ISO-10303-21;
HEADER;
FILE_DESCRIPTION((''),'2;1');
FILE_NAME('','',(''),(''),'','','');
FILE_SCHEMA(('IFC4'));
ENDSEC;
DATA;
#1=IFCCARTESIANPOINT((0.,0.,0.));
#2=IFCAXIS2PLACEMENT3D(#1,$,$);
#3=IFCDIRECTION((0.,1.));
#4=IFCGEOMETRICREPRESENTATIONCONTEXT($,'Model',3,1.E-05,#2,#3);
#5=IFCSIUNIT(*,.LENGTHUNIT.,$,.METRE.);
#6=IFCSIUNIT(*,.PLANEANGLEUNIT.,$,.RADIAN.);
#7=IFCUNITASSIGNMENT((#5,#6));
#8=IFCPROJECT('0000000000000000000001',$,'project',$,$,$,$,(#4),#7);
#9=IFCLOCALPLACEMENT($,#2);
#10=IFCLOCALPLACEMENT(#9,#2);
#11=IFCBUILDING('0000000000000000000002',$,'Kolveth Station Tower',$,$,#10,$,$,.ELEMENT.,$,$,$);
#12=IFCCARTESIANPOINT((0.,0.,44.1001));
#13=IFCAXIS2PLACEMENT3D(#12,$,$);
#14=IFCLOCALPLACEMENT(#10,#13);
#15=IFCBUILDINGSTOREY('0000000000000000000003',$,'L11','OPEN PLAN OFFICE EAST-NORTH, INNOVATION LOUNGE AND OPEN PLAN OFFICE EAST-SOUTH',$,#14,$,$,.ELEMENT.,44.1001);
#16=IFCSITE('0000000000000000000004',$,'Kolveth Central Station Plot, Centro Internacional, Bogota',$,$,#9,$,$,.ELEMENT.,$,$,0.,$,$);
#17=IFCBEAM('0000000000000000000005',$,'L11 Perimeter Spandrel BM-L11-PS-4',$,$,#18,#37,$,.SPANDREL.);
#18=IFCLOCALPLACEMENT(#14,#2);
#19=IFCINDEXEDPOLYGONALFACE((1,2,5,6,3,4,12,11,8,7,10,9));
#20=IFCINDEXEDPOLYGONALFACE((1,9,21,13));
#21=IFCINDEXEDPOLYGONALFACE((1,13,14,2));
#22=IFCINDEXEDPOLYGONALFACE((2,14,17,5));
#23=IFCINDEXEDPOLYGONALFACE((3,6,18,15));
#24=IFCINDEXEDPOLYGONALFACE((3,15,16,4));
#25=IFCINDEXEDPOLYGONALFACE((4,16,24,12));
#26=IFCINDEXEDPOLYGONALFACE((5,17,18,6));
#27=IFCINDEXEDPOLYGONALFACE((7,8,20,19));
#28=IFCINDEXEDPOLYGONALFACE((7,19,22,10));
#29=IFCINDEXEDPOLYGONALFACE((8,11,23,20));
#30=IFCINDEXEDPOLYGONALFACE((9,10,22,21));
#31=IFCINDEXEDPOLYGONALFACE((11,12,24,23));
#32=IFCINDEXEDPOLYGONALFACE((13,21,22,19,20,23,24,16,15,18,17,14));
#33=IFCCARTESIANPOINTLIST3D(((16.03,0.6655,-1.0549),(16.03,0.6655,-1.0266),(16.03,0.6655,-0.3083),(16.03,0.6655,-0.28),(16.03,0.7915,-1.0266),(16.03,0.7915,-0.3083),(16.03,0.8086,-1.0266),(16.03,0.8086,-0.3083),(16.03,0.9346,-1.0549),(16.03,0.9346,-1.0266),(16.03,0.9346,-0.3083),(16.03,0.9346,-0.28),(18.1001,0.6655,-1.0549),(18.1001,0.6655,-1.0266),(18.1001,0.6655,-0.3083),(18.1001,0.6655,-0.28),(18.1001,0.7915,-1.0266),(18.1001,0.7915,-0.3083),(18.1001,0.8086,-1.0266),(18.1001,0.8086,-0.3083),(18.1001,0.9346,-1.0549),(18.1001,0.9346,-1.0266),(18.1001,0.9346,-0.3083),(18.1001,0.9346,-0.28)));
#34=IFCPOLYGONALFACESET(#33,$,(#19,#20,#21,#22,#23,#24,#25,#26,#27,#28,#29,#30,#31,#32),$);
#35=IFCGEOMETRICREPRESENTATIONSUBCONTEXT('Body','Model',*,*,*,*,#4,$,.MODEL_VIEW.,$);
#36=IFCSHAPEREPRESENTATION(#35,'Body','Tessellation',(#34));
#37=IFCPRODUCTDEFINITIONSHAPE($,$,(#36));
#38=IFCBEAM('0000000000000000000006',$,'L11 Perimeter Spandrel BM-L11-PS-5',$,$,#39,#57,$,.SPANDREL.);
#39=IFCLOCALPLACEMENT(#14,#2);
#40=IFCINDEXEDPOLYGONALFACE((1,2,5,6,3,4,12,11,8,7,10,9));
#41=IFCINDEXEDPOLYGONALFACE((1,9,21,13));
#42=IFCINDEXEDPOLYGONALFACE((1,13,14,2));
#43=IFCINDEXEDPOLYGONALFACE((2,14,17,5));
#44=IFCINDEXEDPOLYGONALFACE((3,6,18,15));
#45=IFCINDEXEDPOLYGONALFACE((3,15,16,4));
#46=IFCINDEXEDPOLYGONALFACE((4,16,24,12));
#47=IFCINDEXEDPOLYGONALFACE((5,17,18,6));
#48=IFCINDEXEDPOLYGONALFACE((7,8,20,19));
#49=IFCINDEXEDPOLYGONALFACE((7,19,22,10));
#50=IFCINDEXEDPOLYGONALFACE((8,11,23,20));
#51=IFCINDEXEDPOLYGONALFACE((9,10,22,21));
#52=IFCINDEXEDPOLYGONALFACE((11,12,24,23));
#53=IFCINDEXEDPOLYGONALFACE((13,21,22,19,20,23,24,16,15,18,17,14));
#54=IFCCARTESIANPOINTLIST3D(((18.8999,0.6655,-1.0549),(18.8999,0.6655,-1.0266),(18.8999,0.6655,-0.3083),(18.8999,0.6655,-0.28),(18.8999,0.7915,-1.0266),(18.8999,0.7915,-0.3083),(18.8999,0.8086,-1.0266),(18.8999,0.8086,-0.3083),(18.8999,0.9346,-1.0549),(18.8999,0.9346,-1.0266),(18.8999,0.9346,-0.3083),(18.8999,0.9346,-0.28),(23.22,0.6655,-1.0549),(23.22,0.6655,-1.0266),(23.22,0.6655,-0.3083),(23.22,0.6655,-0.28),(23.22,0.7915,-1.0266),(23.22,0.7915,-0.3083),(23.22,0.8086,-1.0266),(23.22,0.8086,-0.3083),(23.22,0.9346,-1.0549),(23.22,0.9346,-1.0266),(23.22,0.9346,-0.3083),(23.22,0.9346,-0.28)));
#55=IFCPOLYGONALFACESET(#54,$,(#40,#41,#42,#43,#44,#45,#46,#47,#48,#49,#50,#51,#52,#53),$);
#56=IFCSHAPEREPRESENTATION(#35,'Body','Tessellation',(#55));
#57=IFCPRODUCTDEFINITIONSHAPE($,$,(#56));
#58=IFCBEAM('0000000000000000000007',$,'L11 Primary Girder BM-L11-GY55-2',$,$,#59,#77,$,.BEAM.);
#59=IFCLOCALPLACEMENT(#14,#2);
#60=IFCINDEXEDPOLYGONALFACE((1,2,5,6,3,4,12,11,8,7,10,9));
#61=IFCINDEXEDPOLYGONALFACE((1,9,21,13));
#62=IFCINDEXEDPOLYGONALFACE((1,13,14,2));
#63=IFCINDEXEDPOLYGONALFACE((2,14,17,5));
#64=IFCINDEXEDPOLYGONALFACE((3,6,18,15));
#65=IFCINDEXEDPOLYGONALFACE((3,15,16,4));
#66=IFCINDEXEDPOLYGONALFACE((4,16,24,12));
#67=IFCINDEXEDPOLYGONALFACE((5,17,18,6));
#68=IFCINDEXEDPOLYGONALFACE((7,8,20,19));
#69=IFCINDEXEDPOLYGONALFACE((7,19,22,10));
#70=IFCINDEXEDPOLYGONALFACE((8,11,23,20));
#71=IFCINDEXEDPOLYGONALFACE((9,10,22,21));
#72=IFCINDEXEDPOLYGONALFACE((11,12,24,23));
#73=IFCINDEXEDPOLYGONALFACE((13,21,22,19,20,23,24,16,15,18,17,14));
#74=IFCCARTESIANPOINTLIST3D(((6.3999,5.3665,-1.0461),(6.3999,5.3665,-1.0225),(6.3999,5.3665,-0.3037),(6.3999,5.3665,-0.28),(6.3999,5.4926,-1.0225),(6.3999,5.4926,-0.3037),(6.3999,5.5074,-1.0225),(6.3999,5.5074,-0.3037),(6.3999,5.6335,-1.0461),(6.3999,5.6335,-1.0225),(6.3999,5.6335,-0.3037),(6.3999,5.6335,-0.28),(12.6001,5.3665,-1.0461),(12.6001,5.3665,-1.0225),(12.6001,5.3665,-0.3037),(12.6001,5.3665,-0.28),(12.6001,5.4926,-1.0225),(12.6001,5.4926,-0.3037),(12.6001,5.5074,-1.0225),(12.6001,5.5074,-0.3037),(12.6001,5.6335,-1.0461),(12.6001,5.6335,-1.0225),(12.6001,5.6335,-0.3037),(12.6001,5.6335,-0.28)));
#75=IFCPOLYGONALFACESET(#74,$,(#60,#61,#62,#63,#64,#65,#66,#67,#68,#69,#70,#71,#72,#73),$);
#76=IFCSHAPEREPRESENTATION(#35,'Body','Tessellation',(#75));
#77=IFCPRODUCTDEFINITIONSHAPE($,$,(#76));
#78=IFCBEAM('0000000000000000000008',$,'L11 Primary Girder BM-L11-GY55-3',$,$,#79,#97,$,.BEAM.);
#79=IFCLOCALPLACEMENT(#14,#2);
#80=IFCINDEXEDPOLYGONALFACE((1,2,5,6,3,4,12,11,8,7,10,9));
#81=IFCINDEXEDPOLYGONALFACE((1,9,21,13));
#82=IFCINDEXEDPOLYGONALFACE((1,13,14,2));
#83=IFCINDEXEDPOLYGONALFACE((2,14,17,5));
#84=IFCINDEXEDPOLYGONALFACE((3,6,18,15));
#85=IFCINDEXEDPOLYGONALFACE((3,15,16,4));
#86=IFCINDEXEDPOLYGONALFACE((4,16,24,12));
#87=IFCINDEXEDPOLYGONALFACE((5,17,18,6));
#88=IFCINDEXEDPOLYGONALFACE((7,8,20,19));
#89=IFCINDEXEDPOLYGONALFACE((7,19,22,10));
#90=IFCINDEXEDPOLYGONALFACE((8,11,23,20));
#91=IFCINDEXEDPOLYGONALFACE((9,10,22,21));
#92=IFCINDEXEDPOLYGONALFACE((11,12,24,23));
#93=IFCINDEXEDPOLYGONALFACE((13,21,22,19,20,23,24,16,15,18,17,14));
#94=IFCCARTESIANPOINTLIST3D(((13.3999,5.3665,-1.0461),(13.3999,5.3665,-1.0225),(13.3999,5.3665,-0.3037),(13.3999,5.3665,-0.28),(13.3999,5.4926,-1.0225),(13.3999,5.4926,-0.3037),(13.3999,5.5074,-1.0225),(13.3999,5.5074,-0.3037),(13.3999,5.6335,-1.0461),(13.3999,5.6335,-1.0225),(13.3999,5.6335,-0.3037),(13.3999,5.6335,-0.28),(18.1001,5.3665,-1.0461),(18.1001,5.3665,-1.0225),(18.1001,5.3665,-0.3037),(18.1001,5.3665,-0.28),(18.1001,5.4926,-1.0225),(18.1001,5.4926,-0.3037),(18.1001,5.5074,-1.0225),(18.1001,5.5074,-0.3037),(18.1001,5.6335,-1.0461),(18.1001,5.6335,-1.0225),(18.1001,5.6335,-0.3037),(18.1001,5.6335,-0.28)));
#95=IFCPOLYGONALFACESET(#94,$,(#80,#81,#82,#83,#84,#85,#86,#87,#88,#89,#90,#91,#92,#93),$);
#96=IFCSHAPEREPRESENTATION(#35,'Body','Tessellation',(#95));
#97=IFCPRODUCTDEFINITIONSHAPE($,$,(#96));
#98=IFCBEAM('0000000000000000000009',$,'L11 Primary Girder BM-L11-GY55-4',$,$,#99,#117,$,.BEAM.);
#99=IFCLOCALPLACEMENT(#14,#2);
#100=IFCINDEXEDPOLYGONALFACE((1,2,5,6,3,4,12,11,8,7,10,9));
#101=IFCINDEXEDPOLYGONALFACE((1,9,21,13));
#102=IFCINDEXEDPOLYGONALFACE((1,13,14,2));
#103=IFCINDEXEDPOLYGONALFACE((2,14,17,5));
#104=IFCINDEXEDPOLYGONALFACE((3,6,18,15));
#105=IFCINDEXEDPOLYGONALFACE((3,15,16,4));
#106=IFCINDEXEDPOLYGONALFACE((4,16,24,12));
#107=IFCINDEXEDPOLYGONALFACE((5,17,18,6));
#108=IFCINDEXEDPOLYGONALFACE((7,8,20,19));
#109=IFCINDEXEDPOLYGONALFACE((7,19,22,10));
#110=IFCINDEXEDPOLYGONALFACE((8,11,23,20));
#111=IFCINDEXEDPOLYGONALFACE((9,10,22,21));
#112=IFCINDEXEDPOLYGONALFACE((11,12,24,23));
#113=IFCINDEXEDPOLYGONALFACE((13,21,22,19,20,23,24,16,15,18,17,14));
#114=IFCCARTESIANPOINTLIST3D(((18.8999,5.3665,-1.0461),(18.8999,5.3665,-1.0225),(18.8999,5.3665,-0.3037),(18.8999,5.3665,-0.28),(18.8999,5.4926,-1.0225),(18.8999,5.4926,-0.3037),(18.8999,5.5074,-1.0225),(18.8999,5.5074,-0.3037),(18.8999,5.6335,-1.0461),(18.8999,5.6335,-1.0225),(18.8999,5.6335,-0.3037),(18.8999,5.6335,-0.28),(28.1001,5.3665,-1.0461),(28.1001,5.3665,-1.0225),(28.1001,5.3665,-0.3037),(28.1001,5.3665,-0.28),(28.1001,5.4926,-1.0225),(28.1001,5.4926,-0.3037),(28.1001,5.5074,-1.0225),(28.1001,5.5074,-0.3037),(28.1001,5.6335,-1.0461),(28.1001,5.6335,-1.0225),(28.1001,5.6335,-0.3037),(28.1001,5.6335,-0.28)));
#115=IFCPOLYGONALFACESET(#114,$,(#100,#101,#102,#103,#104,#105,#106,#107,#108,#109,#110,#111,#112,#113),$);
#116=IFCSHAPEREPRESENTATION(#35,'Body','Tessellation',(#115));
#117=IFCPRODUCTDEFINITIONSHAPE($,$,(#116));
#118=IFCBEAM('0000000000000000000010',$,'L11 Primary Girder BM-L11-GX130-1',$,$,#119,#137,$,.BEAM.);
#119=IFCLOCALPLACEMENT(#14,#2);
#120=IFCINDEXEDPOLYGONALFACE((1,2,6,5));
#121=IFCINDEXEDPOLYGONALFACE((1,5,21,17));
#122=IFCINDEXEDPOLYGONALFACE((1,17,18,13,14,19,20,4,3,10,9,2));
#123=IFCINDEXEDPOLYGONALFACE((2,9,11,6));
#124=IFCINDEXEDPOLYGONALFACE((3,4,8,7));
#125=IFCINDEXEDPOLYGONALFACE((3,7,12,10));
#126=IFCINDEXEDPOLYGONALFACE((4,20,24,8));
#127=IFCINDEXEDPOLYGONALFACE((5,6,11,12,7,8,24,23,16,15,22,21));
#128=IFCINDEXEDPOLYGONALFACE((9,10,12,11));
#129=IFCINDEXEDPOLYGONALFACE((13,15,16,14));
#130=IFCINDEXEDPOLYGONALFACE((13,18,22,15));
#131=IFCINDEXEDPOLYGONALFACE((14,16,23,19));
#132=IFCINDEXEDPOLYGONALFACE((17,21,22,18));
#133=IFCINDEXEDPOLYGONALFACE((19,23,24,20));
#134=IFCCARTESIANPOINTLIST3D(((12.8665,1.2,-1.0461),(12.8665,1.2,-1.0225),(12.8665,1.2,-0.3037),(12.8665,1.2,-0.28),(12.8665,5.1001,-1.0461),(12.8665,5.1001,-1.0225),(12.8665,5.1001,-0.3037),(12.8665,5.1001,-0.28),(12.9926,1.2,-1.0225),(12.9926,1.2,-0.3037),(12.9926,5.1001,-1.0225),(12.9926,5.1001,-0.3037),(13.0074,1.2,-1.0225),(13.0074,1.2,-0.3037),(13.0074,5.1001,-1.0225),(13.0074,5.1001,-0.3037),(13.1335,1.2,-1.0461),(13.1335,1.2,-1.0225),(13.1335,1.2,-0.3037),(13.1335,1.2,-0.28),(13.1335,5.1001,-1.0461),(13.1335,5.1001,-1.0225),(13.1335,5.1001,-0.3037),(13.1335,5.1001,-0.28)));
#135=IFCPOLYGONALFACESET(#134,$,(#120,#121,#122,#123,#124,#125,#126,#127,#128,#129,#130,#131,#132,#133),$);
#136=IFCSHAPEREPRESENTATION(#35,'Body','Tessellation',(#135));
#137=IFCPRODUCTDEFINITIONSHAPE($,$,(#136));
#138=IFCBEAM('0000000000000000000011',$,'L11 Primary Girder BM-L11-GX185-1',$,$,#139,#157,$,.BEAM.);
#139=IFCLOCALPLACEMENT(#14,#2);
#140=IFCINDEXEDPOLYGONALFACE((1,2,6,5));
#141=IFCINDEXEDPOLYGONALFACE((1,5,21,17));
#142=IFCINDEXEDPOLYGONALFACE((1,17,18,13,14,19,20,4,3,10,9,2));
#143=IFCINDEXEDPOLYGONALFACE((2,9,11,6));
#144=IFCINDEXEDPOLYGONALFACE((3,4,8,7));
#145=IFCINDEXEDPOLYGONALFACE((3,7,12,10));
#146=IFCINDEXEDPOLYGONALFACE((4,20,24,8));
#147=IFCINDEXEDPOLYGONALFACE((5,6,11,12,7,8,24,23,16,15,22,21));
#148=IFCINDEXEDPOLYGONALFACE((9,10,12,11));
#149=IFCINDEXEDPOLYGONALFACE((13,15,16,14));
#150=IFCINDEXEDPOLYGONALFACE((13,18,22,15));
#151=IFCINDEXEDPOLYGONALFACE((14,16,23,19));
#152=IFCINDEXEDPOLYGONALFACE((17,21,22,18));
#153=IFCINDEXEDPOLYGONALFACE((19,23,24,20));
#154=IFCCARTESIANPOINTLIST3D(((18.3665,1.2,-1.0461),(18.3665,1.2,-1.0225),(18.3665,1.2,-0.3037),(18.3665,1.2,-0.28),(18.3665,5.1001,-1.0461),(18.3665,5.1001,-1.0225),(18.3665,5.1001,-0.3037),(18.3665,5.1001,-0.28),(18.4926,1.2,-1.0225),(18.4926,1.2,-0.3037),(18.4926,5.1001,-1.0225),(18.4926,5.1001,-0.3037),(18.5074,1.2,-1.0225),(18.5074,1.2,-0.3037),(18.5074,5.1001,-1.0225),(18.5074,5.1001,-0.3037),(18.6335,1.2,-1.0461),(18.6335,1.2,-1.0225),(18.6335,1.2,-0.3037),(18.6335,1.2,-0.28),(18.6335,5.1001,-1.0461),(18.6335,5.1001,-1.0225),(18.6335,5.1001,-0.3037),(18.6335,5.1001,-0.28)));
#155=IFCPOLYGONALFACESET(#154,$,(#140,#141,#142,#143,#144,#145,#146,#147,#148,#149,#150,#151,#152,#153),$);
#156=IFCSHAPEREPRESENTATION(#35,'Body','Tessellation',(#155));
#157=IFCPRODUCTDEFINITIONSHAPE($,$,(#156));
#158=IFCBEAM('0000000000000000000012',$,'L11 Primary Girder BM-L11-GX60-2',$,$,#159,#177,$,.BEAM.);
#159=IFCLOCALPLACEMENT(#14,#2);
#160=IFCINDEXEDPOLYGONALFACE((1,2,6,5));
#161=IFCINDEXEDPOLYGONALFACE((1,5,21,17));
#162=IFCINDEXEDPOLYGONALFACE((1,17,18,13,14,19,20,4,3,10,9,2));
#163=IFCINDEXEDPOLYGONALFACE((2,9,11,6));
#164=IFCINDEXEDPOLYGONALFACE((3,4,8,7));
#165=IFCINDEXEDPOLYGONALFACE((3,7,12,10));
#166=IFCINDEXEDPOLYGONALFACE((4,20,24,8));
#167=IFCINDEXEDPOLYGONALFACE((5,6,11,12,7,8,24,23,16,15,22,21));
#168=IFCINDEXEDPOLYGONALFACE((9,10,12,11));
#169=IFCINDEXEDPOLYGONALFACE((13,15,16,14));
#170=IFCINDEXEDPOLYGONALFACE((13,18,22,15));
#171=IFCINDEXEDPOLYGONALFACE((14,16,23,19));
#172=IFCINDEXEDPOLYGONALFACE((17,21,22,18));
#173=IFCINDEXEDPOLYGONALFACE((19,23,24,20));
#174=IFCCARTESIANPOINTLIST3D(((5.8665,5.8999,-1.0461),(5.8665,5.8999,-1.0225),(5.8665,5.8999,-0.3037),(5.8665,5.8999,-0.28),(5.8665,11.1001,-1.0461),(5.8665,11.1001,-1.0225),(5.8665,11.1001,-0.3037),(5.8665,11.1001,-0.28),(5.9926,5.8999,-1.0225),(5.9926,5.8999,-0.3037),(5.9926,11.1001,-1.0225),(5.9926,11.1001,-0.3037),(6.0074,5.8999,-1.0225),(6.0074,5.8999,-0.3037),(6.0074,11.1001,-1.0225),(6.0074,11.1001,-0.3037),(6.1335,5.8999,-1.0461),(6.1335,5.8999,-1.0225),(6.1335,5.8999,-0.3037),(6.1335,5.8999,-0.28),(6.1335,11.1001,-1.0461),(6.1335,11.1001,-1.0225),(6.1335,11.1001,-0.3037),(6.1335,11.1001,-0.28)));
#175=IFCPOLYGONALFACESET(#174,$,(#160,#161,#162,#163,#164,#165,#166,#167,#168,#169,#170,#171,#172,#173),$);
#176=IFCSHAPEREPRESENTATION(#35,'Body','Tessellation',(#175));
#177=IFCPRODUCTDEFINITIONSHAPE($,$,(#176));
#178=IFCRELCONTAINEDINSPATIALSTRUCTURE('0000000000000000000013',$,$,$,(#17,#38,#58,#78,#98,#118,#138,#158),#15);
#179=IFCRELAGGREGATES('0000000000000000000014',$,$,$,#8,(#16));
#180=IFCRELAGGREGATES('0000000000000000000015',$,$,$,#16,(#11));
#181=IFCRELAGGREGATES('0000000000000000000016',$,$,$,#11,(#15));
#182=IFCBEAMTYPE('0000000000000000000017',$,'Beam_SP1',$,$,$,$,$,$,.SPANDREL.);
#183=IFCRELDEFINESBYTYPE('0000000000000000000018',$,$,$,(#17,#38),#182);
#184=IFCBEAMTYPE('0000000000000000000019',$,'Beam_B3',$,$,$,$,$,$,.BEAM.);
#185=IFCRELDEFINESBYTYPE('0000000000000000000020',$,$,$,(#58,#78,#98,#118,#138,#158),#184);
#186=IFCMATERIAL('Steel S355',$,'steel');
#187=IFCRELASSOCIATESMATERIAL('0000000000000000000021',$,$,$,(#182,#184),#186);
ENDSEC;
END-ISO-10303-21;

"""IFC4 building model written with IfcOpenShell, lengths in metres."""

from ifc_helpers import new_model, si_unit, direction, frame, origin, origin_2d, place, context, subcontext, project, spatial, i_section, extrude, source, transform, mapped, material, material_profile, profile_set, type_object, element, save


model = new_model("IFC4")

# Units and contexts
model_context = context("Model", 3, precision=1e-05, world=origin(), true_north=direction((0.0, 1.0)))
body_context = subcontext(model_context, "Body", "Model", "MODEL_VIEW")
ifc_project = project(units=[si_unit("LENGTHUNIT", "METRE"), si_unit("PLANEANGLEUNIT", "RADIAN")], contexts=[model_context])

# Site, building, storey
site_placement = place(None, origin())
site = spatial("IfcSite", under=ifc_project, at=site_placement, Name="Kolveth Central Station Plot, Centro Internacional, Bogota", CompositionType="ELEMENT", RefElevation=0.0)
building_placement = place(site_placement, origin())
building = spatial("IfcBuilding", under=site, at=building_placement, Name="Kolveth Station Tower", CompositionType="ELEMENT")
storey_placement = place(building_placement, frame((0.0, 0.0, 44.1001)))
storey = spatial("IfcBuildingStorey", under=building, at=storey_placement, Name="L11", Description="OPEN PLAN OFFICE EAST-NORTH, INNOVATION LOUNGE AND OPEN PLAN OFFICE EAST-SOUTH", CompositionType="ELEMENT", Elevation=44.1001)

# Shared definitions
ifc_material_1 = material(Name="Steel S355", Category="steel")

# Beams
ifc_material_profile_1 = material_profile(ifc_material_1, i_section(OverallWidth=0.269, OverallDepth=0.7749, WebThickness=0.0171, FlangeThickness=0.0283, at=origin_2d()), Name="W760x220")
ifc_profile_set_1 = profile_set([ifc_material_profile_1], Name="Steel S355")
beam_type_1 = type_object("IfcBeamType", Name="Beam_SP1", PredefinedType="SPANDREL", material=ifc_profile_set_1)
shared_shape_1 = source(origin(), body_context, "Body", "SweptSolid", [
    extrude(i_section(OverallWidth=0.269, OverallDepth=0.7749, WebThickness=0.0171, FlangeThickness=0.0283, at=origin_2d()), origin(), (0.0, 0.0, 1.0), 2.0701),
])
for number, where, z_axis, x_axis, name in (
    (1, (16.03, 0.8, -0.6675), (1.0, 0.0, 0.0), (0.0, 1.0, 0.0), "L11 Perimeter Spandrel BM-L11-PS-4"),
):
    element("IfcBeam", number, at=place(storey_placement, frame(where, z_axis=z_axis, x_axis=x_axis)), inside=storey, type_object=beam_type_1, Name=name, PredefinedType="SPANDREL", context=body_context, shape_type="MappedRepresentation", body=[
        mapped(shared_shape_1, transform((0.0, 0.0, 0.0), x_axis=(1.0, 0.0, 0.0), y_axis=(0.0, 1.0, 0.0), z_axis=(0.0, 0.0, 1.0), scale=1.0)),
    ])
shared_shape_2 = source(origin(), body_context, "Body", "SweptSolid", [
    extrude(i_section(OverallWidth=0.269, OverallDepth=0.7749, WebThickness=0.0171, FlangeThickness=0.0283, at=origin_2d()), origin(), (0.0, 0.0, 1.0), 4.3201),
])
beam_1_placement = place(storey_placement, frame((18.8999, 0.8, -0.6675), z_axis=(1.0, 0.0, 0.0), x_axis=(0.0, 1.0, 0.0)))
element("IfcBeam", 2, at=beam_1_placement, inside=storey, type_object=beam_type_1, Name="L11 Perimeter Spandrel BM-L11-PS-5", PredefinedType="SPANDREL", context=body_context, shape_type="MappedRepresentation", body=[
    mapped(shared_shape_2, transform((0.0, 0.0, 0.0), x_axis=(1.0, 0.0, 0.0), y_axis=(0.0, 1.0, 0.0), z_axis=(0.0, 0.0, 1.0), scale=1.0)),
])
ifc_material_profile_2 = material_profile(ifc_material_1, i_section(OverallWidth=0.2671, OverallDepth=0.7661, WebThickness=0.0149, FlangeThickness=0.0237, at=origin_2d()), Name="W760x185")
ifc_profile_set_2 = profile_set([ifc_material_profile_2], Name="Steel S355")
beam_type_2 = type_object("IfcBeamType", Name="Beam_B3", PredefinedType="BEAM", material=ifc_profile_set_2)
shared_shape_3 = source(origin(), body_context, "Body", "SweptSolid", [
    extrude(i_section(OverallWidth=0.2671, OverallDepth=0.7661, WebThickness=0.0149, FlangeThickness=0.0237, at=origin_2d()), origin(), (0.0, 0.0, 1.0), 6.2002),
])
beam_2_placement = place(storey_placement, frame((6.3999, 5.5, -0.6631), z_axis=(1.0, 0.0, 0.0), x_axis=(0.0, 1.0, 0.0)))
element("IfcBeam", 3, at=beam_2_placement, inside=storey, type_object=beam_type_2, Name="L11 Primary Girder BM-L11-GY55-2", PredefinedType="BEAM", context=body_context, shape_type="MappedRepresentation", body=[
    mapped(shared_shape_3, transform((0.0, 0.0, 0.0), x_axis=(1.0, 0.0, 0.0), y_axis=(0.0, 1.0, 0.0), z_axis=(0.0, 0.0, 1.0), scale=1.0)),
])
shared_shape_4 = source(origin(), body_context, "Body", "SweptSolid", [
    extrude(i_section(OverallWidth=0.2671, OverallDepth=0.7661, WebThickness=0.0149, FlangeThickness=0.0237, at=origin_2d()), origin(), (0.0, 0.0, 1.0), 4.7002),
])
beam_3_placement = place(storey_placement, frame((13.3999, 5.5, -0.6631), z_axis=(1.0, 0.0, 0.0), x_axis=(0.0, 1.0, 0.0)))
element("IfcBeam", 4, at=beam_3_placement, inside=storey, type_object=beam_type_2, Name="L11 Primary Girder BM-L11-GY55-3", PredefinedType="BEAM", context=body_context, shape_type="MappedRepresentation", body=[
    mapped(shared_shape_4, transform((0.0, 0.0, 0.0), x_axis=(1.0, 0.0, 0.0), y_axis=(0.0, 1.0, 0.0), z_axis=(0.0, 0.0, 1.0), scale=1.0)),
])
shared_shape_5 = source(origin(), body_context, "Body", "SweptSolid", [
    extrude(i_section(OverallWidth=0.2671, OverallDepth=0.7661, WebThickness=0.0149, FlangeThickness=0.0237, at=origin_2d()), origin(), (0.0, 0.0, 1.0), 9.2002),
])
beam_4_placement = place(storey_placement, frame((18.8999, 5.5, -0.6631), z_axis=(1.0, 0.0, 0.0), x_axis=(0.0, 1.0, 0.0)))
element("IfcBeam", 5, at=beam_4_placement, inside=storey, type_object=beam_type_2, Name="L11 Primary Girder BM-L11-GY55-4", PredefinedType="BEAM", context=body_context, shape_type="MappedRepresentation", body=[
    mapped(shared_shape_5, transform((0.0, 0.0, 0.0), x_axis=(1.0, 0.0, 0.0), y_axis=(0.0, 1.0, 0.0), z_axis=(0.0, 0.0, 1.0), scale=1.0)),
])
shared_shape_6 = source(origin(), body_context, "Body", "SweptSolid", [
    extrude(i_section(OverallWidth=0.2671, OverallDepth=0.7661, WebThickness=0.0149, FlangeThickness=0.0237, at=origin_2d()), origin(), (0.0, 0.0, 1.0), 3.9001),
])
for number, where, z_axis, x_axis, name in (
    (6, (13.0, 1.2, -0.6631), (0.0, 1.0, 0.0), (-1.0, 0.0, 0.0), "L11 Primary Girder BM-L11-GX130-1"),
    (7, (18.5, 1.2, -0.6631), (0.0, 1.0, 0.0), (-1.0, 0.0, 0.0), "L11 Primary Girder BM-L11-GX185-1"),
):
    element("IfcBeam", number, at=place(storey_placement, frame(where, z_axis=z_axis, x_axis=x_axis)), inside=storey, type_object=beam_type_2, Name=name, PredefinedType="BEAM", context=body_context, shape_type="MappedRepresentation", body=[
        mapped(shared_shape_6, transform((0.0, 0.0, 0.0), x_axis=(1.0, 0.0, 0.0), y_axis=(0.0, 1.0, 0.0), z_axis=(0.0, 0.0, 1.0), scale=1.0)),
    ])
shared_shape_7 = source(origin(), body_context, "Body", "SweptSolid", [
    extrude(i_section(OverallWidth=0.2671, OverallDepth=0.7661, WebThickness=0.0149, FlangeThickness=0.0237, at=origin_2d()), origin(), (0.0, 0.0, 1.0), 5.2002),
])
for number, where, z_axis, x_axis, name in (
    (8, (6.0, 5.8999, -0.6631), (0.0, 1.0, 0.0), (-1.0, 0.0, 0.0), "L11 Primary Girder BM-L11-GX60-2"),
):
    element("IfcBeam", number, at=place(storey_placement, frame(where, z_axis=z_axis, x_axis=x_axis)), inside=storey, type_object=beam_type_2, Name=name, PredefinedType="BEAM", context=body_context, shape_type="MappedRepresentation", body=[
        mapped(shared_shape_7, transform((0.0, 0.0, 0.0), x_axis=(1.0, 0.0, 0.0), y_axis=(0.0, 1.0, 0.0), z_axis=(0.0, 0.0, 1.0), scale=1.0)),
    ])

save(model, "model.ifc")
